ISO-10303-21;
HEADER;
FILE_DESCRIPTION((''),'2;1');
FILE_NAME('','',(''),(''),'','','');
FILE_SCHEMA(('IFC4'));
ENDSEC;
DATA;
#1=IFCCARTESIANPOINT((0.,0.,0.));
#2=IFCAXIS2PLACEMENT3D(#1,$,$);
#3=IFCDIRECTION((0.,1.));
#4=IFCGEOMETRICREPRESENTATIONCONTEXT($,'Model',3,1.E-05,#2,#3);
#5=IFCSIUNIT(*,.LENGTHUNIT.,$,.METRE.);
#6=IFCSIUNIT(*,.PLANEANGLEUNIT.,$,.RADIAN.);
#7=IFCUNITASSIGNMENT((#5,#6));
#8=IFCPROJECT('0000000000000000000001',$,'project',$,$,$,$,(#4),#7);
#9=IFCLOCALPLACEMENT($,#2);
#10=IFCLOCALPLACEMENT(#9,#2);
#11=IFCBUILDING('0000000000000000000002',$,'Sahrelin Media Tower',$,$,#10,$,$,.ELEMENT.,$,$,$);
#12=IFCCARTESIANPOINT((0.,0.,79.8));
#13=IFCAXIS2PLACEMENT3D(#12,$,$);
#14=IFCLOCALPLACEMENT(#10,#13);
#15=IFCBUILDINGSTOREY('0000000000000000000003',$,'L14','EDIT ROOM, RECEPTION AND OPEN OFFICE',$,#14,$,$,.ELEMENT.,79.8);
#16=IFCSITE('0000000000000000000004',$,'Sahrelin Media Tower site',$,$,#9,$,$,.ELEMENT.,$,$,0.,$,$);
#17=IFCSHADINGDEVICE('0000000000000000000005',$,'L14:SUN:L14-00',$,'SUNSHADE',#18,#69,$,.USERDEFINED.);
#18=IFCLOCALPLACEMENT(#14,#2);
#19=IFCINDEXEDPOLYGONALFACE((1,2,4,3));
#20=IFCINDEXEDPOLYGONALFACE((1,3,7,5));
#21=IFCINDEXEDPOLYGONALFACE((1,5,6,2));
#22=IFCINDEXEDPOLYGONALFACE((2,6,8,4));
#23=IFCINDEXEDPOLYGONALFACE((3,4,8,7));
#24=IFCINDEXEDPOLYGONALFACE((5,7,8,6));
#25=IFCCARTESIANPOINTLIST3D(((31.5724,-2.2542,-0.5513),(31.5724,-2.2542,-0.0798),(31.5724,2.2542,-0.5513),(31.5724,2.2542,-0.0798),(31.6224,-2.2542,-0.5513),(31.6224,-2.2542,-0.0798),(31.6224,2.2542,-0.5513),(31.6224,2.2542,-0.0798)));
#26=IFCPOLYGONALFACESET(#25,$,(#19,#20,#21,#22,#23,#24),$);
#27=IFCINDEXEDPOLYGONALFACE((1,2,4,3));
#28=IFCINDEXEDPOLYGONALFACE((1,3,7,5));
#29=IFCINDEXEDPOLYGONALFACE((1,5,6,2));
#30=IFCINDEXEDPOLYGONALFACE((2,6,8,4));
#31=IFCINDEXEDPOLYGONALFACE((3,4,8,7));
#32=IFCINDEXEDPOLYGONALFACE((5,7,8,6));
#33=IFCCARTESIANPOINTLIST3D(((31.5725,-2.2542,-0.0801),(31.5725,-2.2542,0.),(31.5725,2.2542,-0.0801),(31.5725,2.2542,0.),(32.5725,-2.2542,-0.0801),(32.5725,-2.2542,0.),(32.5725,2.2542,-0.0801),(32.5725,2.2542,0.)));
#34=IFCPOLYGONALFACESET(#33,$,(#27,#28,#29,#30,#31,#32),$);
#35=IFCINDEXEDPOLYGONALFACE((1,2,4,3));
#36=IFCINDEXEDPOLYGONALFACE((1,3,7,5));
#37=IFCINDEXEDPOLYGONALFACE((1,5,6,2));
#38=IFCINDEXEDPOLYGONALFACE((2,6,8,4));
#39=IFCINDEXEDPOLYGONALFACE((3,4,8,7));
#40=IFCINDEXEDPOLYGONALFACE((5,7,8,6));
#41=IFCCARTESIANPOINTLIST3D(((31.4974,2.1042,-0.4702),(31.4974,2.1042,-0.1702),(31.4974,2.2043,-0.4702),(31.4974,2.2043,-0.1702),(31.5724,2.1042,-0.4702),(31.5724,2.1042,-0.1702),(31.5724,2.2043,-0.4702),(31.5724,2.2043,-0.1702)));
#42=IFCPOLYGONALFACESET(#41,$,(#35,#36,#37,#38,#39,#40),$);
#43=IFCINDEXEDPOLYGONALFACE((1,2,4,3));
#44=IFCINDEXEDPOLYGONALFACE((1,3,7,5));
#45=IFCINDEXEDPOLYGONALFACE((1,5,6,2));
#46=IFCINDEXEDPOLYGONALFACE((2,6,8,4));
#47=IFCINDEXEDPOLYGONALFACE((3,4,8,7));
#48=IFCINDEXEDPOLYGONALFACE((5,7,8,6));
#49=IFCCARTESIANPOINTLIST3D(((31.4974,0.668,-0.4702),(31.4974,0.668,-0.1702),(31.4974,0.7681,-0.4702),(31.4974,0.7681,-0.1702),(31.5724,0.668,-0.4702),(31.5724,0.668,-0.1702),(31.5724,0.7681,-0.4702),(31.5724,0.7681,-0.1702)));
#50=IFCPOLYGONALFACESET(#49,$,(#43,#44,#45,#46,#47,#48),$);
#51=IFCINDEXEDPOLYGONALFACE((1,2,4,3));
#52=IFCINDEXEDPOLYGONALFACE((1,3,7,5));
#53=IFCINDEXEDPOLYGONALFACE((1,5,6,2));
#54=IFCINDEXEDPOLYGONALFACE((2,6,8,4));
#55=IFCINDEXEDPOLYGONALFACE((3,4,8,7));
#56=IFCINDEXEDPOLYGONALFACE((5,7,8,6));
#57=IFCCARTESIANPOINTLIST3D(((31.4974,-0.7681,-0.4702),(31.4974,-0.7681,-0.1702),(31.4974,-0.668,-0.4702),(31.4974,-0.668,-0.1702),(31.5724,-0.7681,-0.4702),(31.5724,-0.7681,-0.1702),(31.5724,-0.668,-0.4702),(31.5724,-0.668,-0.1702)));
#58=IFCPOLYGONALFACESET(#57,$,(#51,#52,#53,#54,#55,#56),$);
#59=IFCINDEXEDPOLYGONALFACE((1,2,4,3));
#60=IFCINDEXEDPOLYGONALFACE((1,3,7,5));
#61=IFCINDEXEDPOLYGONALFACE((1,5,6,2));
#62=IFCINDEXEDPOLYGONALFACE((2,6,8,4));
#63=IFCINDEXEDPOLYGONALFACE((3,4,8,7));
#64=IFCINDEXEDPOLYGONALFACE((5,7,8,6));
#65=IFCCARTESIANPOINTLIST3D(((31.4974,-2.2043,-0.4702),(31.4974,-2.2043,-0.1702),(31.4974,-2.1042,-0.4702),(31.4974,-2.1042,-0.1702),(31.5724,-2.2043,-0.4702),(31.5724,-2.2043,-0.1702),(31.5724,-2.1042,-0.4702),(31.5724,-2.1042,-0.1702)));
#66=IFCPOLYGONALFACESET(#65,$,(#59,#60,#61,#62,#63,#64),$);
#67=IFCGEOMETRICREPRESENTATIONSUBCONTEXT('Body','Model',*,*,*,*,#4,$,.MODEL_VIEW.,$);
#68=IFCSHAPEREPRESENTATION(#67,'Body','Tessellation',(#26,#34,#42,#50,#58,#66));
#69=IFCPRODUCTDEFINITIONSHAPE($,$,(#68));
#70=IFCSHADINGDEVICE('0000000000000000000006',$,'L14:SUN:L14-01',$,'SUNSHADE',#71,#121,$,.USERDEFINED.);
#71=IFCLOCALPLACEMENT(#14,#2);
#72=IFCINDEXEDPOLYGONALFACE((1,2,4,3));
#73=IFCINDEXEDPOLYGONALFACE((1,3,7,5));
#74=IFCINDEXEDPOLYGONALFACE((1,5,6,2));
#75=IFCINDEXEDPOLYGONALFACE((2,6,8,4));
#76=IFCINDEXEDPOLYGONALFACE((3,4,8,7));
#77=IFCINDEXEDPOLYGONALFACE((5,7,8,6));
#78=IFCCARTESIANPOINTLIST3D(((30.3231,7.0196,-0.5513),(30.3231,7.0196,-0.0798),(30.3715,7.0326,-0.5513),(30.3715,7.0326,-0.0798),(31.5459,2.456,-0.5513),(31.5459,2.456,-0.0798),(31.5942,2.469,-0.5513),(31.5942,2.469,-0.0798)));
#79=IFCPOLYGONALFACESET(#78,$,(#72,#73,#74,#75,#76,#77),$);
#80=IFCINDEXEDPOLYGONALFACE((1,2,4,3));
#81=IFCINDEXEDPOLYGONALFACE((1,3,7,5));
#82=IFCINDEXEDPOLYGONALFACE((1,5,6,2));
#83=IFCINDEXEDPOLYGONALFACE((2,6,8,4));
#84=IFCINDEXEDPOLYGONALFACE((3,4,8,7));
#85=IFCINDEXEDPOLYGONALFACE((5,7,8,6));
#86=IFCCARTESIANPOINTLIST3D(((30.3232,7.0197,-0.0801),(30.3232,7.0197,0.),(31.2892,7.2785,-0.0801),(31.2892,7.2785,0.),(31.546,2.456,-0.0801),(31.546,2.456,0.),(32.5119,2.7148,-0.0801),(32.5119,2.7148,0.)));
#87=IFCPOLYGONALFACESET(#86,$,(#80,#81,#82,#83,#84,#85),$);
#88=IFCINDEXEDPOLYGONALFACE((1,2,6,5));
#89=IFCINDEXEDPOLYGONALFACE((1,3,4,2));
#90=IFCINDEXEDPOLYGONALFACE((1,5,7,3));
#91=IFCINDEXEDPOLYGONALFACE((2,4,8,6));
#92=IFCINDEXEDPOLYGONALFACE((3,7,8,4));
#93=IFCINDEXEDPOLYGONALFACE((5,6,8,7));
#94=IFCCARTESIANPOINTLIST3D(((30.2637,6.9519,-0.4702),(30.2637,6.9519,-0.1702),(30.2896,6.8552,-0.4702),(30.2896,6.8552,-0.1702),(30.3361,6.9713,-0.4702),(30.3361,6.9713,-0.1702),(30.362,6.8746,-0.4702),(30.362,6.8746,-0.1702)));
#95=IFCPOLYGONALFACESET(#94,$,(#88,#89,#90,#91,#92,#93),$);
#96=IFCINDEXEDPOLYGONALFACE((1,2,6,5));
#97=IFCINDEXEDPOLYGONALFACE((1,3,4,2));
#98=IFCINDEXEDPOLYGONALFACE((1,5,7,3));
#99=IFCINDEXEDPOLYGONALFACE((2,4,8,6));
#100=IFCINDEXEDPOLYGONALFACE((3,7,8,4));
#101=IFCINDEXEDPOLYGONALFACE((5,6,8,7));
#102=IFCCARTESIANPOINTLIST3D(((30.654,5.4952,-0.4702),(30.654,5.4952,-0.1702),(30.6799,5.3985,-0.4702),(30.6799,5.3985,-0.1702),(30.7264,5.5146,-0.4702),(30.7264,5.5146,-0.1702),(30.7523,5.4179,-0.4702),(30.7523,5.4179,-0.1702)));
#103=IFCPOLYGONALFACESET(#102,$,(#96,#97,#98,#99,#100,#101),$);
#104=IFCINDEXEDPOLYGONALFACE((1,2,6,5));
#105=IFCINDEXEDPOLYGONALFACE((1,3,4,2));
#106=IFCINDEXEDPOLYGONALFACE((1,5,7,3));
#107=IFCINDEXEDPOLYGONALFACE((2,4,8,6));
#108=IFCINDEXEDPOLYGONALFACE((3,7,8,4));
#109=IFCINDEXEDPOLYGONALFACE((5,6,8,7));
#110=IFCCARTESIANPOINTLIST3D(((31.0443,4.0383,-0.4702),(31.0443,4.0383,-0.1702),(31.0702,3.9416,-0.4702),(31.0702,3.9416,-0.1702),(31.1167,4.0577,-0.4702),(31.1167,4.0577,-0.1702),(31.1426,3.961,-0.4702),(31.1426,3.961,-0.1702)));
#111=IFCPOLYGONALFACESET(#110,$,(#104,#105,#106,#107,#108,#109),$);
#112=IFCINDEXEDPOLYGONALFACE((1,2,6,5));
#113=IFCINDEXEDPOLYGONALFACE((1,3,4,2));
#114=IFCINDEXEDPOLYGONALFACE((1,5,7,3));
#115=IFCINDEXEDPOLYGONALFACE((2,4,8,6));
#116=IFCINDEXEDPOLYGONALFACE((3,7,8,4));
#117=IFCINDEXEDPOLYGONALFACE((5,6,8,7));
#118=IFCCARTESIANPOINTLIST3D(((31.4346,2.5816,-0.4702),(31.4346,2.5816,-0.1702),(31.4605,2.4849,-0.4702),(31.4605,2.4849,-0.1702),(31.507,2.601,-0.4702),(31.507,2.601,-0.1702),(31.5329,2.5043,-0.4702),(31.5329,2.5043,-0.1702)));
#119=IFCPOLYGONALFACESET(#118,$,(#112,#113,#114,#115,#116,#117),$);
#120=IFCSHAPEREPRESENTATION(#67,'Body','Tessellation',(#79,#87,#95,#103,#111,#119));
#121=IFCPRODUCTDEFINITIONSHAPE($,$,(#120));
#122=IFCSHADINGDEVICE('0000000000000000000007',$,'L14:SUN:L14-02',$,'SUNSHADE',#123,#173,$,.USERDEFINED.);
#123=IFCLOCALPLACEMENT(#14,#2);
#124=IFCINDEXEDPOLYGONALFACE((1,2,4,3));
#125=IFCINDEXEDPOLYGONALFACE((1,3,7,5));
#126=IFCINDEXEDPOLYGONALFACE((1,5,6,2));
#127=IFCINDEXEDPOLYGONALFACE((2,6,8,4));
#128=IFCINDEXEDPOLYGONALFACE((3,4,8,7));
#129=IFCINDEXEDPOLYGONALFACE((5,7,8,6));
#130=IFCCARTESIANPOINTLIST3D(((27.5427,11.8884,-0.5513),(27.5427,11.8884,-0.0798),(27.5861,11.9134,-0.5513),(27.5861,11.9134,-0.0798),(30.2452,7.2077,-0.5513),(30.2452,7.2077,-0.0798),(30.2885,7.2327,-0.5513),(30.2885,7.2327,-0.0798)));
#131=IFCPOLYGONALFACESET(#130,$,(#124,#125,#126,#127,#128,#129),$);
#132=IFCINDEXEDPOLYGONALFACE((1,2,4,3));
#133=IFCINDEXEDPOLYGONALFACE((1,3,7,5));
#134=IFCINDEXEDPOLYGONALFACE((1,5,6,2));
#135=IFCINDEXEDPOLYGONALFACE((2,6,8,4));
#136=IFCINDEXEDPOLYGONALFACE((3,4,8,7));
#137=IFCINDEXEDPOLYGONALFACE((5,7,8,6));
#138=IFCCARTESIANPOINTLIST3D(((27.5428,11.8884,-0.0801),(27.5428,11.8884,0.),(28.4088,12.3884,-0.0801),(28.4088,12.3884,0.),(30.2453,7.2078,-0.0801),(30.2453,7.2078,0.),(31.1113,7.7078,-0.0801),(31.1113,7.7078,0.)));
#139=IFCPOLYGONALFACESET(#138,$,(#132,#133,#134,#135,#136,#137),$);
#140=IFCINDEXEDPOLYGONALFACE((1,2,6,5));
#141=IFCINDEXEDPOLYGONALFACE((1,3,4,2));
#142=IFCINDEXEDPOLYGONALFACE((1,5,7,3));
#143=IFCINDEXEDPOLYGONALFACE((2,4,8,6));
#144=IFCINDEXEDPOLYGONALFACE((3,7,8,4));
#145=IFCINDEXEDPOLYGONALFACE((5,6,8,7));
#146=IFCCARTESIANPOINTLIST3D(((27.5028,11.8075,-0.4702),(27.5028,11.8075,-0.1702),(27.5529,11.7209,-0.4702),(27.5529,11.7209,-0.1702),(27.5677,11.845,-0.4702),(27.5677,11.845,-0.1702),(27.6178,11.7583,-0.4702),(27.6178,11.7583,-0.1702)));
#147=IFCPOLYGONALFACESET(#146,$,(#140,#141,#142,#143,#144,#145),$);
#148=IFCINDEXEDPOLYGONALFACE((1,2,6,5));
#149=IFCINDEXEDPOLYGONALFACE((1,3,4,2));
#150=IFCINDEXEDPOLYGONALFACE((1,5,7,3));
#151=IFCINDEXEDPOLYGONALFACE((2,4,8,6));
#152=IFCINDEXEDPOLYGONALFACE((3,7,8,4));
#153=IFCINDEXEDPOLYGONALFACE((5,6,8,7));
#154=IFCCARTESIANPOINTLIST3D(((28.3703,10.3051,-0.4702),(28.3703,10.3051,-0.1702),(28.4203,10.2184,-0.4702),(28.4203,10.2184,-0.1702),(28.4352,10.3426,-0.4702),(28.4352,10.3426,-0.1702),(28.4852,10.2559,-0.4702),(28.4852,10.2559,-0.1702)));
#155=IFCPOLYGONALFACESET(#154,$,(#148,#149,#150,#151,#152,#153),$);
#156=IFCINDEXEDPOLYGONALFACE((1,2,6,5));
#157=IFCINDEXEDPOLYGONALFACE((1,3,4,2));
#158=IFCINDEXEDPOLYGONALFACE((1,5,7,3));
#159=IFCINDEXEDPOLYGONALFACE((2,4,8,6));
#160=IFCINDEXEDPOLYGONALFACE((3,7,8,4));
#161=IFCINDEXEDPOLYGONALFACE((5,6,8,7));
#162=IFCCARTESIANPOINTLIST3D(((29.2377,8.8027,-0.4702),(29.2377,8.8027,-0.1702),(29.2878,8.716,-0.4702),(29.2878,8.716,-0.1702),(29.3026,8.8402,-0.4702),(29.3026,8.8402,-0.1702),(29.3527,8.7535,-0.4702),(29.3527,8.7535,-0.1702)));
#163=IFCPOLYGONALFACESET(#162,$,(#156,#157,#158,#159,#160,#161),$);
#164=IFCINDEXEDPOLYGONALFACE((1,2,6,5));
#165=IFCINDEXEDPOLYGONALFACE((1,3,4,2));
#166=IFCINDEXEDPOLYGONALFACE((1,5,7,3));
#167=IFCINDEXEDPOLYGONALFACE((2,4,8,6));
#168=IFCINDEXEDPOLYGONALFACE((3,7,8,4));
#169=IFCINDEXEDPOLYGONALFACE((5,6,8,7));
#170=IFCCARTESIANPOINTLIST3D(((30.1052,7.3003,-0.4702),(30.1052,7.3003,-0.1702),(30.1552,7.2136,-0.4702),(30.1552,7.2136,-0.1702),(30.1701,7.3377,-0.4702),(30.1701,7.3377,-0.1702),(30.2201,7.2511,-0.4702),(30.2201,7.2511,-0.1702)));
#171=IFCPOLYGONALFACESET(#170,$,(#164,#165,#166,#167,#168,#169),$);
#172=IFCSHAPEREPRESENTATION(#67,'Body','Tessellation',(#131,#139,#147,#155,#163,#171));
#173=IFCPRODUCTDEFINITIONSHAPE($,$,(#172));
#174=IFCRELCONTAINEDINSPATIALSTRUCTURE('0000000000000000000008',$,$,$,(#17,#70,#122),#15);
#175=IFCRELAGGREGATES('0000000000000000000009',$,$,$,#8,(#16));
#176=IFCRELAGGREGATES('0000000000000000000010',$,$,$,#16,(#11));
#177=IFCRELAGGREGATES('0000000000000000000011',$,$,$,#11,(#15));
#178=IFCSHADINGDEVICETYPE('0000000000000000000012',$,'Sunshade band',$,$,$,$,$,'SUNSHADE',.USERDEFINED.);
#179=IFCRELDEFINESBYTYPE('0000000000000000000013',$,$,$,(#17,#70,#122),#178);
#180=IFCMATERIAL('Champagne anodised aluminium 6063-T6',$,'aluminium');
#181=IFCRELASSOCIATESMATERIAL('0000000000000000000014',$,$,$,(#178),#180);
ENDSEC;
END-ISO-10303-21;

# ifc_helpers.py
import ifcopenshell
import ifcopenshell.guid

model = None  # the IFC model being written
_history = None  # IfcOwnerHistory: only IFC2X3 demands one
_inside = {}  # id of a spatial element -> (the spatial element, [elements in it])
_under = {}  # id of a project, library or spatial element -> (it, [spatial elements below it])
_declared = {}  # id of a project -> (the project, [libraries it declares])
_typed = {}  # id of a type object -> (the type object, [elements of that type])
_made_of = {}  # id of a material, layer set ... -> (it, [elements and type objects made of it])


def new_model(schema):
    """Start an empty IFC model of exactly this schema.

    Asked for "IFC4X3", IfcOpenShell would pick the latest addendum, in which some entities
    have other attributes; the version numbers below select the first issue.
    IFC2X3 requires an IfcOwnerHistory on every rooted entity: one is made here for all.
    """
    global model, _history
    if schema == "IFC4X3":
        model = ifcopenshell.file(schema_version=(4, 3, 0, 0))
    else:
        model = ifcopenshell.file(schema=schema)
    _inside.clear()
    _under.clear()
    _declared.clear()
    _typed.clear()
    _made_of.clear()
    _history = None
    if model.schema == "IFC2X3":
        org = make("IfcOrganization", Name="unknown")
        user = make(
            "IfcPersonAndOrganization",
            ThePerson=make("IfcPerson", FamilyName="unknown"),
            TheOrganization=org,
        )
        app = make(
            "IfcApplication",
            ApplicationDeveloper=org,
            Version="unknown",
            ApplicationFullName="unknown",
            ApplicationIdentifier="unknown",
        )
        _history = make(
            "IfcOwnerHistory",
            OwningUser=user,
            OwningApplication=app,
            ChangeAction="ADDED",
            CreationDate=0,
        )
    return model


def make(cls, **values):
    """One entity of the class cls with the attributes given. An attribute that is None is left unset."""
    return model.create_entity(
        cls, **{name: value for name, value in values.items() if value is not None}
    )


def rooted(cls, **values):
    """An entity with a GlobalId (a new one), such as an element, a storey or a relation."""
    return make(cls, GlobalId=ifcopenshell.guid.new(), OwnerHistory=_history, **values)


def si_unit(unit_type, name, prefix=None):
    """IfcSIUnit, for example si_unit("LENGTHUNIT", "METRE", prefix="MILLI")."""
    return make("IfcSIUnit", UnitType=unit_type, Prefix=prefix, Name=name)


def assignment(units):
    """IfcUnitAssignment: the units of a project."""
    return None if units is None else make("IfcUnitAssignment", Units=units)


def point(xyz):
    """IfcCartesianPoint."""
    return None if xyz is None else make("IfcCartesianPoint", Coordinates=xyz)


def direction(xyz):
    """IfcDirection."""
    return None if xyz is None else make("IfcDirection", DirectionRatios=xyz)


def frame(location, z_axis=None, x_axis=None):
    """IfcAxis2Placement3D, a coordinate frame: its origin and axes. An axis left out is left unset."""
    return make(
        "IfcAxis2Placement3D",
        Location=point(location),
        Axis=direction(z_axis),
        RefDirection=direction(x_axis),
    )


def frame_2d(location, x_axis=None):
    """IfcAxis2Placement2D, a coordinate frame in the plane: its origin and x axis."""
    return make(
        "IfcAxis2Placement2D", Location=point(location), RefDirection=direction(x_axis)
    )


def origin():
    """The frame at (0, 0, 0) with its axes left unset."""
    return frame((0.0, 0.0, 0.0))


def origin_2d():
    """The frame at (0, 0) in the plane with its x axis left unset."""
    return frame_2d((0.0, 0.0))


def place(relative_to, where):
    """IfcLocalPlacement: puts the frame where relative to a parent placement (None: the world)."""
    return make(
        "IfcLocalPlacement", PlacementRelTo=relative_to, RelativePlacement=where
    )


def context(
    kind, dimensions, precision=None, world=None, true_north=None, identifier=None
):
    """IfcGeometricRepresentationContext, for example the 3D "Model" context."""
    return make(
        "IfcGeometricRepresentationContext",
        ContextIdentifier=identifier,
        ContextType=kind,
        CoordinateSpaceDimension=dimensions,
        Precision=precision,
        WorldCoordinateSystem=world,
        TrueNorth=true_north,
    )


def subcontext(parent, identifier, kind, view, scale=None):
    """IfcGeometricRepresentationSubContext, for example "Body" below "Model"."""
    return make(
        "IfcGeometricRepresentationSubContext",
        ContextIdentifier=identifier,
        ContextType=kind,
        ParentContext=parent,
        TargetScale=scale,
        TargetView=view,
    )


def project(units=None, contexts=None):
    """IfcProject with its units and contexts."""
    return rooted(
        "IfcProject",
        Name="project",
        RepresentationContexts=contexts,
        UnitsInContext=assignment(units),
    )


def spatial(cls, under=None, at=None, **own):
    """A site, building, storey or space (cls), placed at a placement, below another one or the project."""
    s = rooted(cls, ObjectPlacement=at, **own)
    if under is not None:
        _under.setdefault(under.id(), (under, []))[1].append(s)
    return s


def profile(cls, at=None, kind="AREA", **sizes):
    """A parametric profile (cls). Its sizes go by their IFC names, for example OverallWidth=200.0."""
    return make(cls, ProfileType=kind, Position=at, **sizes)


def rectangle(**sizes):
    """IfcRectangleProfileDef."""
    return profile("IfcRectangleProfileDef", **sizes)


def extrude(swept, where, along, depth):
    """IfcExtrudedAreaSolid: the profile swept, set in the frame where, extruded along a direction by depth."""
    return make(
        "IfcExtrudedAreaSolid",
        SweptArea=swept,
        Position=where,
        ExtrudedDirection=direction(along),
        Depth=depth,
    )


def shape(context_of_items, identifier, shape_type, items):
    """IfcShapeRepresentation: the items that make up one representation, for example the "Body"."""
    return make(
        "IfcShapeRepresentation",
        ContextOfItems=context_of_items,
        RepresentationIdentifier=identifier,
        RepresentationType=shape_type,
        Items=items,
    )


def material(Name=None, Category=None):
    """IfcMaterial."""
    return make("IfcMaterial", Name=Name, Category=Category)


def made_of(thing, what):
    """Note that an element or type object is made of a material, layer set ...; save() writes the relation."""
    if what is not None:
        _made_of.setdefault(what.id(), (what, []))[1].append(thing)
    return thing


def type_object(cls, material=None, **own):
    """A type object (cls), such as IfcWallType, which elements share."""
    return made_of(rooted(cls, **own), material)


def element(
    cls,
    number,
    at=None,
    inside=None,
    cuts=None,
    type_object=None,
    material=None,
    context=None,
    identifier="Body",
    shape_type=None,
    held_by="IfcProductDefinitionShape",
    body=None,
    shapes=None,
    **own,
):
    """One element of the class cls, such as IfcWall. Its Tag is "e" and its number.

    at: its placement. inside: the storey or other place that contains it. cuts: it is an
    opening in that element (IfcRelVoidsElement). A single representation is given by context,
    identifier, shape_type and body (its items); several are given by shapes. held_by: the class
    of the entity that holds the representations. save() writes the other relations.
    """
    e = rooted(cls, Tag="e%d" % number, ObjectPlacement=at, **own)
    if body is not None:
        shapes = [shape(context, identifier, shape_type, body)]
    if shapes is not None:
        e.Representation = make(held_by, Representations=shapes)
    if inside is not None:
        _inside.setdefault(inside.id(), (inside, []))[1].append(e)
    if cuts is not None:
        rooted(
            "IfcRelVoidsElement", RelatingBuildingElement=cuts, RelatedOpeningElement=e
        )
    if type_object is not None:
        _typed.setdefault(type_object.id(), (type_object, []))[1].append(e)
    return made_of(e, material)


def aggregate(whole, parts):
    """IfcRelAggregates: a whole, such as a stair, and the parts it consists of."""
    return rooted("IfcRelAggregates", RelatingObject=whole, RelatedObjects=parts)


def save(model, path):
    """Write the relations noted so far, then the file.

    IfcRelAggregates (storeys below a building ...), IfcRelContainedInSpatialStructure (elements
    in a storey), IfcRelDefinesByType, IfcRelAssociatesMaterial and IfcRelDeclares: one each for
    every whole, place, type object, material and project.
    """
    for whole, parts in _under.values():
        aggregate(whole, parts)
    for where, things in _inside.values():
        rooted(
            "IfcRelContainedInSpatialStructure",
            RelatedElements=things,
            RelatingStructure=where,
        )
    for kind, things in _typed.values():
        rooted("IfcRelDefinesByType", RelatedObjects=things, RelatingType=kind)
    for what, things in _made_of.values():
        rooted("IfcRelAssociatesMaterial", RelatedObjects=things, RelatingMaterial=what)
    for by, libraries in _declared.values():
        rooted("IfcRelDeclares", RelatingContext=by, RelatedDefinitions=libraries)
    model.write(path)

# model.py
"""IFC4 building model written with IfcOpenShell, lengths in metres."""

from ifc_helpers import new_model, si_unit, direction, frame, origin, origin_2d, place, context, subcontext, project, spatial, rectangle, extrude, material, type_object, element, save


model = new_model("IFC4")

# Units and contexts
model_context = context("Model", 3, precision=1e-05, world=origin(), true_north=direction((0.0, 1.0)))
body_context = subcontext(model_context, "Body", "Model", "MODEL_VIEW")
ifc_project = project(units=[si_unit("LENGTHUNIT", "METRE"), si_unit("PLANEANGLEUNIT", "RADIAN")], contexts=[model_context])

# Site, building, storey
site_placement = place(None, origin())
site = spatial("IfcSite", under=ifc_project, at=site_placement, Name="Sahrelin Media Tower site", CompositionType="ELEMENT", RefElevation=0.0)
building_placement = place(site_placement, origin())
building = spatial("IfcBuilding", under=site, at=building_placement, Name="Sahrelin Media Tower", CompositionType="ELEMENT")
storey_placement = place(building_placement, frame((0.0, 0.0, 79.8)))
storey = spatial("IfcBuildingStorey", under=building, at=storey_placement, Name="L14", Description="EDIT ROOM, RECEPTION AND OPEN OFFICE", CompositionType="ELEMENT", Elevation=79.8)

# Shared definitions
ifc_material_1 = material(Name="Champagne anodised aluminium 6063-T6", Category="aluminium")

# Shading devices
placement_1 = place(storey_placement, frame((31.5525, 0.0, 0.0), z_axis=(0.0, 0.0, 1.0), x_axis=(0.0, -1.0, 0.0)))
placement_2 = place(storey_placement, frame((30.9153, 4.7327, 0.0), z_axis=(0.0, 0.0, 1.0), x_axis=(0.258808, -0.965929, 0.0)))
placement_3 = place(storey_placement, frame((28.8767, 9.5381, 0.0), z_axis=(0.0, 0.0, 1.0), x_axis=(0.500011, -0.866019, 0.0)))
shading_device_type_1 = type_object("IfcShadingDeviceType", Name="Sunshade band", ElementType="SUNSHADE", PredefinedType="USERDEFINED", material=ifc_material_1)
element("IfcShadingDevice", 1, at=placement_1, inside=storey, type_object=shading_device_type_1, Name="L14:SUN:L14-00", ObjectType="SUNSHADE", PredefinedType="USERDEFINED", context=body_context, shape_type="SweptSolid", body=[
    extrude(rectangle(XDim=4.5083, YDim=0.05, at=origin_2d()), frame((0.0, 0.0449, -0.5513)), (0.0, 0.0, 1.0), 0.4714),
    extrude(rectangle(XDim=4.5083, YDim=1.0, at=origin_2d()), frame((0.0, 0.52, -0.0801)), (0.0, 0.0, 1.0), 0.0801),
    extrude(rectangle(XDim=0.1001, YDim=0.075, at=origin_2d()), frame((-2.1543, -0.0176, -0.4702)), (0.0, 0.0, 1.0), 0.3),
    extrude(rectangle(XDim=0.1001, YDim=0.075, at=origin_2d()), frame((-0.718, -0.0176, -0.4702)), (0.0, 0.0, 1.0), 0.3),
    extrude(rectangle(XDim=0.1001, YDim=0.075, at=origin_2d()), frame((0.718, -0.0176, -0.4702)), (0.0, 0.0, 1.0), 0.3),
    extrude(rectangle(XDim=0.1001, YDim=0.075, at=origin_2d()), frame((2.1543, -0.0176, -0.4702)), (0.0, 0.0, 1.0), 0.3),
])
element("IfcShadingDevice", 2, at=placement_2, inside=storey, type_object=shading_device_type_1, Name="L14:SUN:L14-01", ObjectType="SUNSHADE", PredefinedType="USERDEFINED", context=body_context, shape_type="SweptSolid", body=[
    extrude(rectangle(XDim=4.7246, YDim=0.05, at=origin_2d()), frame((0.0, 0.0449, -0.5513)), (0.0, 0.0, 1.0), 0.4714),
    extrude(rectangle(XDim=4.7246, YDim=1.0, at=origin_2d()), frame((0.0, 0.52, -0.0801)), (0.0, 0.0, 1.0), 0.0801),
    extrude(rectangle(XDim=0.1001, YDim=0.075, at=origin_2d()), frame((-2.2622, -0.0176, -0.4702)), (0.0, 0.0, 1.0), 0.3),
    extrude(rectangle(XDim=0.1001, YDim=0.075, at=origin_2d()), frame((-0.7542, -0.0176, -0.4702)), (0.0, 0.0, 1.0), 0.3),
    extrude(rectangle(XDim=0.1001, YDim=0.075, at=origin_2d()), frame((0.7542, -0.0176, -0.4702)), (0.0, 0.0, 1.0), 0.3),
    extrude(rectangle(XDim=0.1001, YDim=0.075, at=origin_2d()), frame((2.2622, -0.0176, -0.4702)), (0.0, 0.0, 1.0), 0.3),
])
element("IfcShadingDevice", 3, at=placement_3, inside=storey, type_object=shading_device_type_1, Name="L14:SUN:L14-02", ObjectType="SUNSHADE", PredefinedType="USERDEFINED", context=body_context, shape_type="SweptSolid", body=[
    extrude(rectangle(XDim=5.4048, YDim=0.05, at=origin_2d()), frame((0.0, 0.0449, -0.5513)), (0.0, 0.0, 1.0), 0.4714),
    extrude(rectangle(XDim=5.4048, YDim=1.0, at=origin_2d()), frame((0.0, 0.52, -0.0801)), (0.0, 0.0, 1.0), 0.0801),
    extrude(rectangle(XDim=0.1001, YDim=0.075, at=origin_2d()), frame((-2.6023, -0.0176, -0.4702)), (0.0, 0.0, 1.0), 0.3),
    extrude(rectangle(XDim=0.1001, YDim=0.075, at=origin_2d()), frame((-0.8674, -0.0176, -0.4702)), (0.0, 0.0, 1.0), 0.3),
    extrude(rectangle(XDim=0.1001, YDim=0.075, at=origin_2d()), frame((0.8674, -0.0176, -0.4702)), (0.0, 0.0, 1.0), 0.3),
    extrude(rectangle(XDim=0.1001, YDim=0.075, at=origin_2d()), frame((2.6023, -0.0176, -0.4702)), (0.0, 0.0, 1.0), 0.3),
])

save(model, "model.ifc")
